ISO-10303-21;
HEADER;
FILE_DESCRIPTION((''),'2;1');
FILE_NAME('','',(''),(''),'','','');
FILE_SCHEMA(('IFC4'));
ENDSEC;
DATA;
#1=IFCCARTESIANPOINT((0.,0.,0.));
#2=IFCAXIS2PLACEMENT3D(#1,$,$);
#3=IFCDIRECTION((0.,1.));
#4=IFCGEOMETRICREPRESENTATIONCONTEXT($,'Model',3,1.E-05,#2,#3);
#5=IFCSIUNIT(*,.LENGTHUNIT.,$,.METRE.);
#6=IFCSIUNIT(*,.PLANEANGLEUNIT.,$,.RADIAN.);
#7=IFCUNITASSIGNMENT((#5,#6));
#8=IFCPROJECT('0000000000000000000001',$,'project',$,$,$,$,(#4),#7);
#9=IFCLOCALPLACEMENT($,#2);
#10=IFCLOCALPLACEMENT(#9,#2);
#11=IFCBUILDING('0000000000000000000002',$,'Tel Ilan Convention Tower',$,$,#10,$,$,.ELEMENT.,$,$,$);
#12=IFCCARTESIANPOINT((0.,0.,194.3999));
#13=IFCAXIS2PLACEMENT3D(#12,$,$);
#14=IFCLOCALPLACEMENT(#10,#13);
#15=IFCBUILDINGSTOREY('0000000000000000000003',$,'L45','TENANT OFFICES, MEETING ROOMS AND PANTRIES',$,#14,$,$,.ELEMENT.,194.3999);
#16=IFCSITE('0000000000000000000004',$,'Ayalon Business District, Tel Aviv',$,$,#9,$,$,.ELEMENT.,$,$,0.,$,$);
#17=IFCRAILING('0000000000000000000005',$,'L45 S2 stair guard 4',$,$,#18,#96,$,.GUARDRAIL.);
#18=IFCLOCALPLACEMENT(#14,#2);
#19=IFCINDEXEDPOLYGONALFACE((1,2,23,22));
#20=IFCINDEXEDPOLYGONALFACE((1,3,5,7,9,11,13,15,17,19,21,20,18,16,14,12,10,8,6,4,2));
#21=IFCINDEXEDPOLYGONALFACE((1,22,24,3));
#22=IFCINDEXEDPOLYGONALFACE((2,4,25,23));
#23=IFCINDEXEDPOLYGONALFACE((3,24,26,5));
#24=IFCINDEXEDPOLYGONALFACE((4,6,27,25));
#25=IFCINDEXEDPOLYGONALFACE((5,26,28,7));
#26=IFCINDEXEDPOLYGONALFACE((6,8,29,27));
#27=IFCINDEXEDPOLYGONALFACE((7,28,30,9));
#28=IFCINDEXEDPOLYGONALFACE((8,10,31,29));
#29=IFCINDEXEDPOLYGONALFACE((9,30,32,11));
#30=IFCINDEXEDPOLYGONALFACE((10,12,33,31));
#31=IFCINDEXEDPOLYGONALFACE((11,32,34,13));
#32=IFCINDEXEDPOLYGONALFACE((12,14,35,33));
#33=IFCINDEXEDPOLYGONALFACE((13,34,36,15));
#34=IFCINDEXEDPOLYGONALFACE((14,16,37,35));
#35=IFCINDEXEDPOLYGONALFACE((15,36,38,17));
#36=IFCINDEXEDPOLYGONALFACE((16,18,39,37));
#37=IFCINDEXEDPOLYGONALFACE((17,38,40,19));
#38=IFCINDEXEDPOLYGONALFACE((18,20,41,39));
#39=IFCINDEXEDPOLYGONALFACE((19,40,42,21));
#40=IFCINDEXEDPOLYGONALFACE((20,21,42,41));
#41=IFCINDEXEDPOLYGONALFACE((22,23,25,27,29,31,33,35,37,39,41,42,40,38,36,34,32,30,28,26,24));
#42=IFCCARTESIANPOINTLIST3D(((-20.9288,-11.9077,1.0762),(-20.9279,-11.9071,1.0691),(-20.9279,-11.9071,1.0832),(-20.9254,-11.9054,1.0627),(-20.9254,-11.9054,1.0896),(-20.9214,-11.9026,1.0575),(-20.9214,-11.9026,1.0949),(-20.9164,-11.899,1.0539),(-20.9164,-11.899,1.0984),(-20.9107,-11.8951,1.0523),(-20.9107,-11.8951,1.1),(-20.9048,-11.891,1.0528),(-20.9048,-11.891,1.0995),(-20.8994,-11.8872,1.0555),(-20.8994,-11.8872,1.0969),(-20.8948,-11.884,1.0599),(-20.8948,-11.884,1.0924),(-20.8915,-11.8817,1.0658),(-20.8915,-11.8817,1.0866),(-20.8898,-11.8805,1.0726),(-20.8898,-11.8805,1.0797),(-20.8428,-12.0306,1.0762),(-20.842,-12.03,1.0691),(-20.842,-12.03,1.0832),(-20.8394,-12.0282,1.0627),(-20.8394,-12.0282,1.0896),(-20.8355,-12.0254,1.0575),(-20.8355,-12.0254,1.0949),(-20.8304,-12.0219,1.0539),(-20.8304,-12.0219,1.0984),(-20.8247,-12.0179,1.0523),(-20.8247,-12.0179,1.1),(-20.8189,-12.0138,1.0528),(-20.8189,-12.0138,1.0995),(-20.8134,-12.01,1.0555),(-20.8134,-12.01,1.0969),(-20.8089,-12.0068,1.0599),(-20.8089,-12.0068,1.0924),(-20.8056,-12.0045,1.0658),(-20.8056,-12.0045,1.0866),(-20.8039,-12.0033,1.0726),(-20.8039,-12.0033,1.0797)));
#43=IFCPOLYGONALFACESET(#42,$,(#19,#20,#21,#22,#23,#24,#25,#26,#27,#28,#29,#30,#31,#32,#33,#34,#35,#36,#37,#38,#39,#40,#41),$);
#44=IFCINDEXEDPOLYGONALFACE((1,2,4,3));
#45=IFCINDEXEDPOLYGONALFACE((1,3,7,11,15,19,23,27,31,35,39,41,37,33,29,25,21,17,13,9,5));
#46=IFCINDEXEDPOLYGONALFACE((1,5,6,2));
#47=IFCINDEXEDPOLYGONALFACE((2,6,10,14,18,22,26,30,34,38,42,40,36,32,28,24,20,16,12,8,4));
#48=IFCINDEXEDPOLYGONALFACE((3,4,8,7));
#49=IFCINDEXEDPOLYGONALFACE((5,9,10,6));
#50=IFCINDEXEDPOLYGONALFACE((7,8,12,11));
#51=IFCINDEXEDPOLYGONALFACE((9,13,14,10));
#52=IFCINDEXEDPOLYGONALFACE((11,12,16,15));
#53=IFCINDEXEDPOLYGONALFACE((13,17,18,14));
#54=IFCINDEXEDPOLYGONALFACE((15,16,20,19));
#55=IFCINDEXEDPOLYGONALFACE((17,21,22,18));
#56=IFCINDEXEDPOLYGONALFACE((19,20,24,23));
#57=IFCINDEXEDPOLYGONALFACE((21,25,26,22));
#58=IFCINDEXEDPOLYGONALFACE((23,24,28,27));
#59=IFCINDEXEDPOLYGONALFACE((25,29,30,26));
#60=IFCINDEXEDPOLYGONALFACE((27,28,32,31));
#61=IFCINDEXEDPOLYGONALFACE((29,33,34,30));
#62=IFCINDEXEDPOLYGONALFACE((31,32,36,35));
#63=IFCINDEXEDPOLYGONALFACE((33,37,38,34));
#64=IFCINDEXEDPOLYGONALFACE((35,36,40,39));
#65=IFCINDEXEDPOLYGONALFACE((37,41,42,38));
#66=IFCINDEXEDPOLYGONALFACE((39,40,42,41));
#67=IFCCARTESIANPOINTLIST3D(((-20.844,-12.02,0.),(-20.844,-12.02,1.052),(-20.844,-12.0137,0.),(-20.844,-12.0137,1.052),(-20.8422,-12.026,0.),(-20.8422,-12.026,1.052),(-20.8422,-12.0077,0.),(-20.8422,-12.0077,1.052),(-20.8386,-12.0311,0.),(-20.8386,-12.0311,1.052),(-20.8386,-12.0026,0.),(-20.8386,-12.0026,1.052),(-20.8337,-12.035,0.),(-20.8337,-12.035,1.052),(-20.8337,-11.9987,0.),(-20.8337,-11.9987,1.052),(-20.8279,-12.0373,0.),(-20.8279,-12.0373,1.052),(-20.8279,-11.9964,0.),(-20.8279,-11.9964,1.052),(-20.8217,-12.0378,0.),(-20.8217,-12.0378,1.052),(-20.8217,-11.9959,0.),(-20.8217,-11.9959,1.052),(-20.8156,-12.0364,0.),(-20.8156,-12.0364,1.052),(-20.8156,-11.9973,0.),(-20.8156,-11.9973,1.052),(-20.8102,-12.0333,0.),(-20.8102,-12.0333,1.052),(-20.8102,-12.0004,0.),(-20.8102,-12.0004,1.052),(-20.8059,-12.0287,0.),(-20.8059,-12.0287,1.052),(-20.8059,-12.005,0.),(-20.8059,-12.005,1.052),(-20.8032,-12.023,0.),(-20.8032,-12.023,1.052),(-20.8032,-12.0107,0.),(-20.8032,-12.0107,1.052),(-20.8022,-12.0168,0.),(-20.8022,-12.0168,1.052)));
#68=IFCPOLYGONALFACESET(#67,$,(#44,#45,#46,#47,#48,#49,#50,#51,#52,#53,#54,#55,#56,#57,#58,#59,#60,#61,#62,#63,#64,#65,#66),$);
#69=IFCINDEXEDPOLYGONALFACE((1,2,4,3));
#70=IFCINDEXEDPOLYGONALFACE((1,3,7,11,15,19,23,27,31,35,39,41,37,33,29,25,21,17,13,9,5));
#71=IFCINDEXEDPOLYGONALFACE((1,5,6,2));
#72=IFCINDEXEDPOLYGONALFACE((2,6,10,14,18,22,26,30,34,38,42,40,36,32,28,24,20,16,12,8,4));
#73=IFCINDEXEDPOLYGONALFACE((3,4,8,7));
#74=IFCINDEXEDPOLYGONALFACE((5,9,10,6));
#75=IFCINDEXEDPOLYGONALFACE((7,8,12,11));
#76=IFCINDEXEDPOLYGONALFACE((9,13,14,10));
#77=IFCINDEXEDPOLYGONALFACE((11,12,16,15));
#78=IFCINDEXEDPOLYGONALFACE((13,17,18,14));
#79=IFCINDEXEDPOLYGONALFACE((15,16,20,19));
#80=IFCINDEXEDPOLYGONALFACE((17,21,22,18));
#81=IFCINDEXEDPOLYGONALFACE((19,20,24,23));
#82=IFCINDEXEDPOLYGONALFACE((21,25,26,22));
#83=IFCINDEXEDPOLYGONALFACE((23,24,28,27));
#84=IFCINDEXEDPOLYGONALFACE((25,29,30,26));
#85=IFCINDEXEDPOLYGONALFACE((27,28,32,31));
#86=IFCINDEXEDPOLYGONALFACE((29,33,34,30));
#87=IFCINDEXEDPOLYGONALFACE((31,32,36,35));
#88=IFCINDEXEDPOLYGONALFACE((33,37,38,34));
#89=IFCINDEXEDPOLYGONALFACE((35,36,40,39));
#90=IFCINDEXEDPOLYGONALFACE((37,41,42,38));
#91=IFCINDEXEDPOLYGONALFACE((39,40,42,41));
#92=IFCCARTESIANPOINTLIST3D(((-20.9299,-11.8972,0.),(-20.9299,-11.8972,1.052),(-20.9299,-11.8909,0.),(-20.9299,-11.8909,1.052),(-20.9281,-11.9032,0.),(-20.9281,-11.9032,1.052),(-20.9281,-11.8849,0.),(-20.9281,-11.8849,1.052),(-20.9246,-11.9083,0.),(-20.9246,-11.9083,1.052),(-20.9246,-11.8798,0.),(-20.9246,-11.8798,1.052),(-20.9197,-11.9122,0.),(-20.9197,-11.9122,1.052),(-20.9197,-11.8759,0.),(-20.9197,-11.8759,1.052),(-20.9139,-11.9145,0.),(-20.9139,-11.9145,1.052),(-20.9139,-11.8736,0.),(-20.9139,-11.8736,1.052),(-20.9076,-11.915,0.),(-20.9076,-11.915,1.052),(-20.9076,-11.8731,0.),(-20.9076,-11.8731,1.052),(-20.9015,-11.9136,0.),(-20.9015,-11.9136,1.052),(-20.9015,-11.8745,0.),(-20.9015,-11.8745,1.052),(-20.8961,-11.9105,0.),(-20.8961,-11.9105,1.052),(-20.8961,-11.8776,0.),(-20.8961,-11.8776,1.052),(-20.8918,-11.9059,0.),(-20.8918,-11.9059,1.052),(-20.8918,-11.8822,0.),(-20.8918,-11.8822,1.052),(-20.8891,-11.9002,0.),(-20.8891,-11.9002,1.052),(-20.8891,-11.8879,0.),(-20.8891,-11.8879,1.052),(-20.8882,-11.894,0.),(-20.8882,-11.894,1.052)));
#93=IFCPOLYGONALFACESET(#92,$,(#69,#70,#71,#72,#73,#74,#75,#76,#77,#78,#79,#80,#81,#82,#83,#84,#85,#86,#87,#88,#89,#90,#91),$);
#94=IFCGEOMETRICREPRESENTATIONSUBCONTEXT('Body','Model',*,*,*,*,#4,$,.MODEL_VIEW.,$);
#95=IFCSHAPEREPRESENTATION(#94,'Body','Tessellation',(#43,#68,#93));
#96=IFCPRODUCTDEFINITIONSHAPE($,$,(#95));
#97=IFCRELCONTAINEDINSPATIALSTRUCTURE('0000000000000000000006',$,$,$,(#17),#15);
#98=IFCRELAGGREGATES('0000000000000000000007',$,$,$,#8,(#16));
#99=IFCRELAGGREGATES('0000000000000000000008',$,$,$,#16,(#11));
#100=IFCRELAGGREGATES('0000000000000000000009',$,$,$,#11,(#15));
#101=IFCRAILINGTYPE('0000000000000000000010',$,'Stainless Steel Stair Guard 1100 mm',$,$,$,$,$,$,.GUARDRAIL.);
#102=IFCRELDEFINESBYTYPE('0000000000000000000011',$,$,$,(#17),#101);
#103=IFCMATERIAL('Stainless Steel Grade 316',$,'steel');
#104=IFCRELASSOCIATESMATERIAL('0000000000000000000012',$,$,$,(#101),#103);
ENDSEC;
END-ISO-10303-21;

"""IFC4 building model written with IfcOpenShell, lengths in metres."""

from ifc_helpers import new_model, si_unit, direction, frame, origin, origin_2d, place, context, subcontext, project, spatial, circle, extrude, material, type_object, element, save


model = new_model("IFC4")

# Units and contexts
model_context = context("Model", 3, precision=1e-05, world=origin(), true_north=direction((0.0, 1.0)))
body_context = subcontext(model_context, "Body", "Model", "MODEL_VIEW")
ifc_project = project(units=[si_unit("LENGTHUNIT", "METRE"), si_unit("PLANEANGLEUNIT", "RADIAN")], contexts=[model_context])

# Site, building, storey
site_placement = place(None, origin())
site = spatial("IfcSite", under=ifc_project, at=site_placement, Name="Ayalon Business District, Tel Aviv", CompositionType="ELEMENT", RefElevation=0.0)
building_placement = place(site_placement, origin())
building = spatial("IfcBuilding", under=site, at=building_placement, Name="Tel Ilan Convention Tower", CompositionType="ELEMENT")
storey_placement = place(building_placement, frame((0.0, 0.0, 194.3999)))
storey = spatial("IfcBuildingStorey", under=building, at=storey_placement, Name="L45", Description="TENANT OFFICES, MEETING ROOMS AND PANTRIES", CompositionType="ELEMENT", Elevation=194.3999)

# Railing
ifc_material_1 = material(Name="Stainless Steel Grade 316", Category="steel")
railing_type_1 = type_object("IfcRailingType", Name="Stainless Steel Stair Guard 1100 mm", PredefinedType="GUARDRAIL", material=ifc_material_1)
railing_1_placement = place(storey_placement, frame((-20.8232, -12.0168, 0.0)))
element("IfcRailing", 1, at=railing_1_placement, inside=storey, type_object=railing_type_1, Name="L45 S2 stair guard 4", PredefinedType="GUARDRAIL", context=body_context, shape_type="SweptSolid", body=[
    extrude(circle(Radius=0.0239, at=origin_2d()), frame((0.0, 0.0, 1.0762), z_axis=(-0.573353, 0.819308, 0.0), x_axis=(-0.819308, -0.573353, 0.0)), (0.0, 0.0, 1.0), 0.1499),
    extrude(circle(Radius=0.021, at=origin_2d()), origin(), (0.0, 0.0, 1.0), 1.052),
    extrude(circle(Radius=0.021, at=origin_2d()), frame((-0.0859, 0.1228, 0.0)), (0.0, 0.0, 1.0), 1.052),
])

save(model, "model.ifc")
